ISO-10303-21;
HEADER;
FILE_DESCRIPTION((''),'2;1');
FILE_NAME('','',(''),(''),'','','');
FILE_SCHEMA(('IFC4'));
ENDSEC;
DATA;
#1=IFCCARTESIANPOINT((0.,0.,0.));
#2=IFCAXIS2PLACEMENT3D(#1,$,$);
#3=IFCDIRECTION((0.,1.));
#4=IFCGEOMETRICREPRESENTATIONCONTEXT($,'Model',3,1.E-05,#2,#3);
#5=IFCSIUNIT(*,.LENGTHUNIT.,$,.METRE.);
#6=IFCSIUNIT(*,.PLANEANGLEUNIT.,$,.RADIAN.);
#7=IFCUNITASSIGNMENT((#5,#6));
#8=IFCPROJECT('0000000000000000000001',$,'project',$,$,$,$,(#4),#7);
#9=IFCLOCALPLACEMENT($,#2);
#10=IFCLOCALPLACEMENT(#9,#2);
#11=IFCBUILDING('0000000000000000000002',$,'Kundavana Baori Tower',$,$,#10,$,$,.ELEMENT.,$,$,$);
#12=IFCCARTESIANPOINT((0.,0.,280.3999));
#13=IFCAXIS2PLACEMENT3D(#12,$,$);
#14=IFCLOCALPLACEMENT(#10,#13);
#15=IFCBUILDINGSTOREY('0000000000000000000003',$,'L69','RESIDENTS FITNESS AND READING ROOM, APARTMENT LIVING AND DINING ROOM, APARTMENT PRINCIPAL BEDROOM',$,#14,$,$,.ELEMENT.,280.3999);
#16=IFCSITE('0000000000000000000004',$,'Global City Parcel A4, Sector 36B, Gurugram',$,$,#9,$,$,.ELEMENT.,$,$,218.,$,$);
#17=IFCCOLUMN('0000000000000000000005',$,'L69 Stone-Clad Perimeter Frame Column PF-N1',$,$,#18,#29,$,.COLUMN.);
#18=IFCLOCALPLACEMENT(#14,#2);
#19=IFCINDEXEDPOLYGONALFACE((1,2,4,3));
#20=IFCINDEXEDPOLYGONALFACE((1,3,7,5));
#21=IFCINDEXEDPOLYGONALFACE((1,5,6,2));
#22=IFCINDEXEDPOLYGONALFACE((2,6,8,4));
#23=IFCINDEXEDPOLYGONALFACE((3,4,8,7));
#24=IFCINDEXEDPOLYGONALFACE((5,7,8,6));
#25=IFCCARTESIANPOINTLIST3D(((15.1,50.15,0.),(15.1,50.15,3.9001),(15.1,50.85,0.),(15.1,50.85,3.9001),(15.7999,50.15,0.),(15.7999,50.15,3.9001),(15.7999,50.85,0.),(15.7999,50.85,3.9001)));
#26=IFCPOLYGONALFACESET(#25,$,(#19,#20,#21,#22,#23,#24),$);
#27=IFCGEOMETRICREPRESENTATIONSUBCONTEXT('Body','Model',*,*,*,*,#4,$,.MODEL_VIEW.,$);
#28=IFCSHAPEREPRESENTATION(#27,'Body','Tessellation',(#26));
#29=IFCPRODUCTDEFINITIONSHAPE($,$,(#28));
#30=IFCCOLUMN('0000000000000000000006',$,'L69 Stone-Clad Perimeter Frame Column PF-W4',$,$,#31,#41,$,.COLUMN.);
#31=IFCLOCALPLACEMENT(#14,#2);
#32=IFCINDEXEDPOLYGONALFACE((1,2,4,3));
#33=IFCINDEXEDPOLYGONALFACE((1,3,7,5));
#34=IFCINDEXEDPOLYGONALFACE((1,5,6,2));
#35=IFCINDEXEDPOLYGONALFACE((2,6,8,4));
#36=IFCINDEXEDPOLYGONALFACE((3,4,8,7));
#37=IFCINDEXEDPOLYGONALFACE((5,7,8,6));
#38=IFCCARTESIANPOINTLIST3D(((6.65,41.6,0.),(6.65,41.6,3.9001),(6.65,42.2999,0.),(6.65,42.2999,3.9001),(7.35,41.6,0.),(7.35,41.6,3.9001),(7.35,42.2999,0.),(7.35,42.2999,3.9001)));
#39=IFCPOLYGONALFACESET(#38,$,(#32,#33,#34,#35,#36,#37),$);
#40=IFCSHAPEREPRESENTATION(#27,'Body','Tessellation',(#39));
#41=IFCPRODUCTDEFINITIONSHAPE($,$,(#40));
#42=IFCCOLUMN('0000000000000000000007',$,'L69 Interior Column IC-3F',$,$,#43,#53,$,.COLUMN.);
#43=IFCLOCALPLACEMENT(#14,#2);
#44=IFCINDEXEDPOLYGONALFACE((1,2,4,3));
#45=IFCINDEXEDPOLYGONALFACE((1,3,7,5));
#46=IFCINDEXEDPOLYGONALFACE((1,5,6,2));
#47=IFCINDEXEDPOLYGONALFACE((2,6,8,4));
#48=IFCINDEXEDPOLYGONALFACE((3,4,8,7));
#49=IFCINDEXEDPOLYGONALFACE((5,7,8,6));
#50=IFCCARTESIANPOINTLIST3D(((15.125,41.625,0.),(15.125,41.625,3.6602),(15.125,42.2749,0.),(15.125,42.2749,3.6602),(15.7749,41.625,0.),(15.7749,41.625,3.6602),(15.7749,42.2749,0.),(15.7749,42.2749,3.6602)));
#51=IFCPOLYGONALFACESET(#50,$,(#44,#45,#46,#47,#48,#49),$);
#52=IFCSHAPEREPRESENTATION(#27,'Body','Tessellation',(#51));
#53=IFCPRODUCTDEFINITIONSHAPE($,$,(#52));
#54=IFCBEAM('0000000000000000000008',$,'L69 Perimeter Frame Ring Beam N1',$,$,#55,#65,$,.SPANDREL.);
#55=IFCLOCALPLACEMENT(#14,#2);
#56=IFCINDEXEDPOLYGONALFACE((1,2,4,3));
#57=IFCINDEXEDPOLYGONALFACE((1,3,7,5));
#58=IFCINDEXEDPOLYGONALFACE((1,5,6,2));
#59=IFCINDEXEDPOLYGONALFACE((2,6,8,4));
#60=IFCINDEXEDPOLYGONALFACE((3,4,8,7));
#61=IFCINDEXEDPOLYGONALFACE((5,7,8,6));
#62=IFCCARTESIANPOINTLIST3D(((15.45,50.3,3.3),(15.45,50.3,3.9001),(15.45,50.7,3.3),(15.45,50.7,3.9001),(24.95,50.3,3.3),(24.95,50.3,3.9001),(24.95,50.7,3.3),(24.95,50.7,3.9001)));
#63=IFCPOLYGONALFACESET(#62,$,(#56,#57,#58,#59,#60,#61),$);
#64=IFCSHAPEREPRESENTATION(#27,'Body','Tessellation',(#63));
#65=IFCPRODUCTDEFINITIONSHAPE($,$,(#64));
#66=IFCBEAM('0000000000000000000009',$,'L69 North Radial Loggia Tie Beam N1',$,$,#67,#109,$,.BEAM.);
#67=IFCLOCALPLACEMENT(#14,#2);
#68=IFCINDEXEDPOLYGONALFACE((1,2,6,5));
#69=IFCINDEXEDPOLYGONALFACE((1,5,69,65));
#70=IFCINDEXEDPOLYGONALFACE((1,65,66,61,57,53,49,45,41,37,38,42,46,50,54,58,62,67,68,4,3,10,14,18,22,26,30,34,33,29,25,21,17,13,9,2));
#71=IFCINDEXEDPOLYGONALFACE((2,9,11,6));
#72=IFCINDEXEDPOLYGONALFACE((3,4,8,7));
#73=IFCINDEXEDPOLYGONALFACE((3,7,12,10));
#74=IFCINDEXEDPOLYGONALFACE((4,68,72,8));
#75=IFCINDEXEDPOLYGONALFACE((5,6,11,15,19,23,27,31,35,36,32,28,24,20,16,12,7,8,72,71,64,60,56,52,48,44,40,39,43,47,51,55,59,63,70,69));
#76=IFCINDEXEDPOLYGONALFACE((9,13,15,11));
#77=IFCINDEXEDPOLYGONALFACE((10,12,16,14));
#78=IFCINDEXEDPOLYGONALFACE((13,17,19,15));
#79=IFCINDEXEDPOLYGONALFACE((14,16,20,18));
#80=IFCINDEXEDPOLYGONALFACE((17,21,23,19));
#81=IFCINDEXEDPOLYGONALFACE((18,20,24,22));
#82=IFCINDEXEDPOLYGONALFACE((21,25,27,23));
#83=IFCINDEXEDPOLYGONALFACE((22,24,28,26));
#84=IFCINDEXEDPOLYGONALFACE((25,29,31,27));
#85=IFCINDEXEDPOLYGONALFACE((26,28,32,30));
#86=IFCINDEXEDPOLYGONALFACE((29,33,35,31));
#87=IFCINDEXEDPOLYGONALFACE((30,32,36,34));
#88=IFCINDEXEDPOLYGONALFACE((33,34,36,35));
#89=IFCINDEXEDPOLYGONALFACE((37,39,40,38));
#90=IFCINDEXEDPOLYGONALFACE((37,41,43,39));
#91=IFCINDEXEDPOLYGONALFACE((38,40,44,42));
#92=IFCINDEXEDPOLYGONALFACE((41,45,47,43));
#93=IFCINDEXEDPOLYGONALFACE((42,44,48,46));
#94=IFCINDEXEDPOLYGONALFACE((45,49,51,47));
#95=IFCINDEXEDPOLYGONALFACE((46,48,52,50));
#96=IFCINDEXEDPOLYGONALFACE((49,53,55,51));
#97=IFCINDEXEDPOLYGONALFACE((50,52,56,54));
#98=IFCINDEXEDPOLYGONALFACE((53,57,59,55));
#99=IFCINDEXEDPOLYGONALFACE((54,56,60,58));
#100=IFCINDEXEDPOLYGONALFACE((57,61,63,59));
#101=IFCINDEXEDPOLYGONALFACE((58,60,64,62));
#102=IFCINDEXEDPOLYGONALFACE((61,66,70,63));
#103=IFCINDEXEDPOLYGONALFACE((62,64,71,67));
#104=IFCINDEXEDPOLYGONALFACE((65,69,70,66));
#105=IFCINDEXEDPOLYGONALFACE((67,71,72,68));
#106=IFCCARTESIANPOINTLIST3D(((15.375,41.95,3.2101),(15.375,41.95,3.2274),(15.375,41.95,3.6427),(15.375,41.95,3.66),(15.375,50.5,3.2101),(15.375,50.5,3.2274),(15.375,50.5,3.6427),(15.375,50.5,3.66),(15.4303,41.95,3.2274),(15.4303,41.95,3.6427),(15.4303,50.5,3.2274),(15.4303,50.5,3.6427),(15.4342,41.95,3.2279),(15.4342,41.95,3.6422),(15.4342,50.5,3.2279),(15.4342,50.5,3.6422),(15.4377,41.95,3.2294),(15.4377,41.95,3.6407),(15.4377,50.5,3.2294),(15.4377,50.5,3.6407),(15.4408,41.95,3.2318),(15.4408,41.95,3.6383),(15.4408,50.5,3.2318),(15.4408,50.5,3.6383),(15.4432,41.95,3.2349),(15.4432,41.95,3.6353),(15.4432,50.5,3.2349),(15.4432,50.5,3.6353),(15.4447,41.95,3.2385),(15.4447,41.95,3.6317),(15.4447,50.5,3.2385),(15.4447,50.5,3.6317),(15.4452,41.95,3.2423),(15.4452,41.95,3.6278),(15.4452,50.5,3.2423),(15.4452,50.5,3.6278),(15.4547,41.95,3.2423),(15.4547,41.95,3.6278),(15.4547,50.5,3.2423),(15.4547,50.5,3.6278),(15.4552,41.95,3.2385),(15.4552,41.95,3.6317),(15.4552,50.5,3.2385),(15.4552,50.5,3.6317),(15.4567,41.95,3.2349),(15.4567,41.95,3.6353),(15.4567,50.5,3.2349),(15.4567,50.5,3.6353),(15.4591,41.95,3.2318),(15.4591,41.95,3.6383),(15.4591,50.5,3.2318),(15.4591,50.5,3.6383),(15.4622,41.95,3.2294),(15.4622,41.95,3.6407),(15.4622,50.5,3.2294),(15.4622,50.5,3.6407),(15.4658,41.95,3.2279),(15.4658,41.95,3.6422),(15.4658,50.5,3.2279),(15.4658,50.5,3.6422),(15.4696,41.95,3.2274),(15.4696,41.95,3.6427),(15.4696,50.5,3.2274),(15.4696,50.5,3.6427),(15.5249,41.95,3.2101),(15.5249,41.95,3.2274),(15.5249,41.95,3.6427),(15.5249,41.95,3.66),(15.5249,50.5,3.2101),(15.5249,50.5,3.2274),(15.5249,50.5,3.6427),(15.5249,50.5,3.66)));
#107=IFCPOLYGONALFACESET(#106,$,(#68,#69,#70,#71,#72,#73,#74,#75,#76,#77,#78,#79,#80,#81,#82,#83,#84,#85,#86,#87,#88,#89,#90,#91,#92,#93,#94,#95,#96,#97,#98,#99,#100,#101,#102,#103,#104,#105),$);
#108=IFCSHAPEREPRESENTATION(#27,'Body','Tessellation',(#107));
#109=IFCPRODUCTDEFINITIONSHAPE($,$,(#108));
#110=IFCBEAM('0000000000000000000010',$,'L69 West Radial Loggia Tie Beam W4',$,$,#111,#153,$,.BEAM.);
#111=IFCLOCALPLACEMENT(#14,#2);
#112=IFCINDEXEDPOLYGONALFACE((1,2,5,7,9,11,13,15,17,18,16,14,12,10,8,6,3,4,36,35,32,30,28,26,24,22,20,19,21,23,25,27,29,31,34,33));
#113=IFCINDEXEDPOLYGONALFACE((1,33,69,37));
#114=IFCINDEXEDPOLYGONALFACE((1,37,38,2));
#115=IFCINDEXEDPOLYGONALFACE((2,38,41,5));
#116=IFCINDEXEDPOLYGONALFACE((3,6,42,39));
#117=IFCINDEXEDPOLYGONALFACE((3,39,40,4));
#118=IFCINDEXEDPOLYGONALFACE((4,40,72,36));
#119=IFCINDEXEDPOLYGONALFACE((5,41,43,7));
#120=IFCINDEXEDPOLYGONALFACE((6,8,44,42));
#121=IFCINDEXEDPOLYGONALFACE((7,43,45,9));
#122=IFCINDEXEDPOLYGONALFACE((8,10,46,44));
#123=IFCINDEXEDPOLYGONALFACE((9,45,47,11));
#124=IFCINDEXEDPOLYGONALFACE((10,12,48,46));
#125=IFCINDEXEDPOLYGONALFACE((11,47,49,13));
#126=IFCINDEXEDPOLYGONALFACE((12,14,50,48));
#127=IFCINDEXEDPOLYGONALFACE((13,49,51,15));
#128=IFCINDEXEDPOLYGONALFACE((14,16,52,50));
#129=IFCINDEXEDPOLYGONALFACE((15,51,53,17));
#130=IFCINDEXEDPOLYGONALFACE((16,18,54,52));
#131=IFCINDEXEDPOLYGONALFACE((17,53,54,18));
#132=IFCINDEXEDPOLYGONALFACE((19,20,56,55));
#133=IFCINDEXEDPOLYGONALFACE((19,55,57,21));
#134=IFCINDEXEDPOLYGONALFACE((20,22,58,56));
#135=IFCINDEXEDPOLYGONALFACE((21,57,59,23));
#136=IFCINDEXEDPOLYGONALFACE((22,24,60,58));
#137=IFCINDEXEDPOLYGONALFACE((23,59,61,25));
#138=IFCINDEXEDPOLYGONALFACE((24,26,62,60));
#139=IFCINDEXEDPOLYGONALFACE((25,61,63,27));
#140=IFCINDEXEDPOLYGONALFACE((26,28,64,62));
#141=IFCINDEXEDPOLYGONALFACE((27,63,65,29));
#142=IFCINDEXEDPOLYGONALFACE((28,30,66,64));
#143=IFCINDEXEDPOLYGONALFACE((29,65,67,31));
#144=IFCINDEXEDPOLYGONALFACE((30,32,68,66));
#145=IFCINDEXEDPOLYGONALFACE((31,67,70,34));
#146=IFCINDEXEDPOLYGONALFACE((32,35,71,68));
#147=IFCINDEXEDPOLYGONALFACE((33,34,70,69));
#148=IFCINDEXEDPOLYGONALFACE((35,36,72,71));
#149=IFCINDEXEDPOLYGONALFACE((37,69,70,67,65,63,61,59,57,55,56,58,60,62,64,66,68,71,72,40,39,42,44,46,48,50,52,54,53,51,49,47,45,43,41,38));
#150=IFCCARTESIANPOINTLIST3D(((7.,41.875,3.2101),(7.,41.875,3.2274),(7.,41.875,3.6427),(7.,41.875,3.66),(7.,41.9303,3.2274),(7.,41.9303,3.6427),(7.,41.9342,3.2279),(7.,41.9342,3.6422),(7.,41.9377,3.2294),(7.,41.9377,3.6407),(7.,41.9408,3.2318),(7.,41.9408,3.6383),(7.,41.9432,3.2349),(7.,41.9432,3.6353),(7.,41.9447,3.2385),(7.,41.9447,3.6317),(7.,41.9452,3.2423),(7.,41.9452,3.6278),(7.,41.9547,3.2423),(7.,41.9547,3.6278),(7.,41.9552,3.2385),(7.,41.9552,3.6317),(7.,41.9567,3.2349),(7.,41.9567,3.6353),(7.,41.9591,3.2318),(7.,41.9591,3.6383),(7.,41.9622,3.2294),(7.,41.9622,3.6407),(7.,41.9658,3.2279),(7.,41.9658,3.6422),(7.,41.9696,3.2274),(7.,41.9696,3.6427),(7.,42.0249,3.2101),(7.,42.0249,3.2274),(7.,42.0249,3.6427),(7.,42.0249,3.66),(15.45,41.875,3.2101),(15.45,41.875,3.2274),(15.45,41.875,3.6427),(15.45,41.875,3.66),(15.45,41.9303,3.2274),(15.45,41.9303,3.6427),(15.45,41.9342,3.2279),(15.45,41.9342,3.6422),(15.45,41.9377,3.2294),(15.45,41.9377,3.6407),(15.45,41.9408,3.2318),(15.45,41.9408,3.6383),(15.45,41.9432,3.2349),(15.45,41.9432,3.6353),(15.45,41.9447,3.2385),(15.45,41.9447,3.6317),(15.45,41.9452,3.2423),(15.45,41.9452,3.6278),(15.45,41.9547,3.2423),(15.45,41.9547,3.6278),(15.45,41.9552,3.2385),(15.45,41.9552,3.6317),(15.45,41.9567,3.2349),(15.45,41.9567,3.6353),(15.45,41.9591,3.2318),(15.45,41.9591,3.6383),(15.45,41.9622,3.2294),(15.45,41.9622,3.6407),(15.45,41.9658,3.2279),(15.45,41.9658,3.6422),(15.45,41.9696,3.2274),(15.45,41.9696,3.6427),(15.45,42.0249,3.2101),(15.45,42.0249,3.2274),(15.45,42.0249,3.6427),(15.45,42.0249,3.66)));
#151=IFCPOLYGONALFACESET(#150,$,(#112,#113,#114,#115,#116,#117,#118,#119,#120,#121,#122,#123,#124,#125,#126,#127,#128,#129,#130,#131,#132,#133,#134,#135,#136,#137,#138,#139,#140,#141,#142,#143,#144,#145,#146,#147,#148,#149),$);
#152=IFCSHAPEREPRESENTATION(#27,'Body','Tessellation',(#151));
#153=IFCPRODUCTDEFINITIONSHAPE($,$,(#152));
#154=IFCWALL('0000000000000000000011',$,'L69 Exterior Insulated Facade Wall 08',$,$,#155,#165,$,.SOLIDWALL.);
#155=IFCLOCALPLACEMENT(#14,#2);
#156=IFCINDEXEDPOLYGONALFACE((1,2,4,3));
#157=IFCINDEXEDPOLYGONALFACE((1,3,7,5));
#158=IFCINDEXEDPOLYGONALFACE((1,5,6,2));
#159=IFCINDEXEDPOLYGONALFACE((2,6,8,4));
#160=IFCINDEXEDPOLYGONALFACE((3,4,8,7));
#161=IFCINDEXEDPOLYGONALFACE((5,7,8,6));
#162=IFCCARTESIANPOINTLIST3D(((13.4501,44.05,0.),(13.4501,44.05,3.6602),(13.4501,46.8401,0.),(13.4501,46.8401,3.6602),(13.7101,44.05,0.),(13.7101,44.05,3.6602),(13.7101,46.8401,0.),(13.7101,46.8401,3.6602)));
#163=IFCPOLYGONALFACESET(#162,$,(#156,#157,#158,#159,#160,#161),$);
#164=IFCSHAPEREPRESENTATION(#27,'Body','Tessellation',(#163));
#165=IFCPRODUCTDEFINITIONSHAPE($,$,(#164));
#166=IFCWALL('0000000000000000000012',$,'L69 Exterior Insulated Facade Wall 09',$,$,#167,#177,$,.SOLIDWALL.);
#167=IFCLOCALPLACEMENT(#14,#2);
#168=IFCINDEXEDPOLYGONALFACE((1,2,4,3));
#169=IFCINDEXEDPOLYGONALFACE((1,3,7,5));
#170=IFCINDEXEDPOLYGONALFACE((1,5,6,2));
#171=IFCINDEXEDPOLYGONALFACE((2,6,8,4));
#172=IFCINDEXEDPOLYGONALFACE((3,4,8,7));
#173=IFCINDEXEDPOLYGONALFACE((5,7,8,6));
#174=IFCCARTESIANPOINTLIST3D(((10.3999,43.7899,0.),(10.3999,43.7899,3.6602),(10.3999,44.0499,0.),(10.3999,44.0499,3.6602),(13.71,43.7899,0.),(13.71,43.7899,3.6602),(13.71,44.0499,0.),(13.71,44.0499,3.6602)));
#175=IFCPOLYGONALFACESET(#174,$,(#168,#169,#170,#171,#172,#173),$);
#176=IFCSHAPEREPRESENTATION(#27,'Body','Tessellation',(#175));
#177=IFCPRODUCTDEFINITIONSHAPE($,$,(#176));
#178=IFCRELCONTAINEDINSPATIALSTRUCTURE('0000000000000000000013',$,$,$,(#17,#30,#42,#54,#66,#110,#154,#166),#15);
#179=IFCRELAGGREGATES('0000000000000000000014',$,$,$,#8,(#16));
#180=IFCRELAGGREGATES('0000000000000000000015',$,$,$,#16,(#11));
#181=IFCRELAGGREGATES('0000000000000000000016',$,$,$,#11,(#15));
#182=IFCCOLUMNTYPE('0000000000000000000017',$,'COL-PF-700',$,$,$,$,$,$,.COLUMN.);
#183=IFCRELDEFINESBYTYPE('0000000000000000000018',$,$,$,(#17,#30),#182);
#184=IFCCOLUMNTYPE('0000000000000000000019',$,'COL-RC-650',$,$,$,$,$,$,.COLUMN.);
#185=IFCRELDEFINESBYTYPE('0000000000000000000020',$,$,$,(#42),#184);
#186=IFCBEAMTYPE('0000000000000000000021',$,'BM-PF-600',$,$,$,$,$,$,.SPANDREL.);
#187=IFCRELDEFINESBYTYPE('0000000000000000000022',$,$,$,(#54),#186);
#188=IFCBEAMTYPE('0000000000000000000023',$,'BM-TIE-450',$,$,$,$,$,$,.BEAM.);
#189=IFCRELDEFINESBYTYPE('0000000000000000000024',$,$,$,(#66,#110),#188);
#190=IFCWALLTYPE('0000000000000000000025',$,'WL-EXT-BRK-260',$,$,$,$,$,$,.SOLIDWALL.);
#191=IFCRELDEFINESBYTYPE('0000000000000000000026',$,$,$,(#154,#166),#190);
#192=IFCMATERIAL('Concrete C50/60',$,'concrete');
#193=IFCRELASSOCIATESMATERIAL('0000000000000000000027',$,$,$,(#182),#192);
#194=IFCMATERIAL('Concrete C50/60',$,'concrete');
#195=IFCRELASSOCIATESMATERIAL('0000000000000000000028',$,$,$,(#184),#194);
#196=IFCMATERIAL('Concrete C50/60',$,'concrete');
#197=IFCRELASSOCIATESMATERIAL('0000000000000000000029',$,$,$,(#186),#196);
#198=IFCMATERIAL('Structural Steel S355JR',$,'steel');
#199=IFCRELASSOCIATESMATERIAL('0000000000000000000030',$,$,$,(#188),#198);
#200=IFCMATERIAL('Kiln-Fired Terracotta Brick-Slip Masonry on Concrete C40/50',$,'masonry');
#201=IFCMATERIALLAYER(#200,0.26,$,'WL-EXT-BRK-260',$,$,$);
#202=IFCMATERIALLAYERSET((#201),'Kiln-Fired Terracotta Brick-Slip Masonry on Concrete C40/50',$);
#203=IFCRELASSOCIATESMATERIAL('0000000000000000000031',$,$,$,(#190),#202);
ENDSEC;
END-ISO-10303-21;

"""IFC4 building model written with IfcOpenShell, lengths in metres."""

from ifc_helpers import new_model, si_unit, direction, frame, frame_2d, origin, origin_2d, place, context, subcontext, project, spatial, rectangle, i_section, extrude, material, layer, layer_set, material_profile, profile_set, type_object, element, save


model = new_model("IFC4")

# Units and contexts
model_context = context("Model", 3, precision=1e-05, world=origin(), true_north=direction((0.0, 1.0)))
body_context = subcontext(model_context, "Body", "Model", "MODEL_VIEW")
ifc_project = project(units=[si_unit("LENGTHUNIT", "METRE"), si_unit("PLANEANGLEUNIT", "RADIAN")], contexts=[model_context])

# Site, building, storey
site_placement = place(None, origin())
site = spatial("IfcSite", under=ifc_project, at=site_placement, Name="Global City Parcel A4, Sector 36B, Gurugram", CompositionType="ELEMENT", RefElevation=218.0)
building_placement = place(site_placement, origin())
building = spatial("IfcBuilding", under=site, at=building_placement, Name="Kundavana Baori Tower", CompositionType="ELEMENT")
storey_placement = place(building_placement, frame((0.0, 0.0, 280.3999)))
storey = spatial("IfcBuildingStorey", under=building, at=storey_placement, Name="L69", Description="RESIDENTS FITNESS AND READING ROOM, APARTMENT LIVING AND DINING ROOM, APARTMENT PRINCIPAL BEDROOM", CompositionType="ELEMENT", Elevation=280.3999)

# Columns
ifc_material_1 = material(Name="Concrete C50/60", Category="concrete")
ifc_material_profile_1 = material_profile(ifc_material_1, rectangle(XDim=0.7, YDim=0.7, at=origin_2d()), Name="RC PF 700x700")
ifc_profile_set_1 = profile_set([ifc_material_profile_1], Name="Concrete C50/60")
column_type_1 = type_object("IfcColumnType", Name="COL-PF-700", PredefinedType="COLUMN", material=ifc_profile_set_1)
for number, where, z_axis, x_axis, name in (
    (1, (15.45, 50.5, 0.0), (0.0, 0.0, 1.0), (1.0, 0.0, 0.0), "L69 Stone-Clad Perimeter Frame Column PF-N1"),
    (2, (7.0, 41.95, 0.0), (0.0, 0.0, 1.0), (1.0, 0.0, 0.0), "L69 Stone-Clad Perimeter Frame Column PF-W4"),
):
    element("IfcColumn", number, at=place(storey_placement, frame(where, z_axis=z_axis, x_axis=x_axis)), inside=storey, type_object=column_type_1, Name=name, PredefinedType="COLUMN", context=body_context, shape_type="SweptSolid", body=[
        extrude(rectangle(XDim=0.7, YDim=0.7, at=origin_2d()), origin(), (0.0, 0.0, 1.0), 3.9001),
    ])
ifc_material_2 = material(Name="Concrete C50/60", Category="concrete")
ifc_material_profile_2 = material_profile(ifc_material_2, rectangle(XDim=0.6499, YDim=0.6499, at=origin_2d()), Name="RC 650x650")
ifc_profile_set_2 = profile_set([ifc_material_profile_2], Name="Concrete C50/60")
column_type_2 = type_object("IfcColumnType", Name="COL-RC-650", PredefinedType="COLUMN", material=ifc_profile_set_2)
column_placement = place(storey_placement, frame((15.45, 41.95, 0.0), z_axis=(0.0, 0.0, 1.0), x_axis=(1.0, 0.0, 0.0)))
element("IfcColumn", 3, at=column_placement, inside=storey, type_object=column_type_2, Name="L69 Interior Column IC-3F", PredefinedType="COLUMN", context=body_context, shape_type="SweptSolid", body=[
    extrude(rectangle(XDim=0.6499, YDim=0.6499, at=origin_2d()), origin(), (0.0, 0.0, 1.0), 3.6602),
])

# Beams
ifc_material_3 = material(Name="Concrete C50/60", Category="concrete")
ifc_material_profile_3 = material_profile(ifc_material_3, rectangle(XDim=0.3999, YDim=0.6001, at=origin_2d()), Name="RC BM 400x600")
ifc_profile_set_3 = profile_set([ifc_material_profile_3], Name="Concrete C50/60")
beam_type_1 = type_object("IfcBeamType", Name="BM-PF-600", PredefinedType="SPANDREL", material=ifc_profile_set_3)
beam_1_placement = place(storey_placement, frame((15.45, 50.5, 3.6001), z_axis=(1.0, 0.0, 0.0), x_axis=(0.0, 1.0, 0.0)))
element("IfcBeam", 4, at=beam_1_placement, inside=storey, type_object=beam_type_1, Name="L69 Perimeter Frame Ring Beam N1", PredefinedType="SPANDREL", context=body_context, shape_type="SweptSolid", body=[
    extrude(rectangle(XDim=0.3999, YDim=0.6001, at=origin_2d()), origin(), (0.0, 0.0, 1.0), 9.5),
])
ifc_material_4 = material(Name="Structural Steel S355JR", Category="steel")
ifc_material_profile_4 = material_profile(ifc_material_4, i_section(OverallWidth=0.1499, OverallDepth=0.45, WebThickness=0.0095, FlangeThickness=0.0173, FilletRadius=0.0149, at=origin_2d()), Name="ISMB 450")
ifc_profile_set_4 = profile_set([ifc_material_profile_4], Name="Structural Steel S355JR")
beam_type_2 = type_object("IfcBeamType", Name="BM-TIE-450", PredefinedType="BEAM", material=ifc_profile_set_4)
beam_2_placement = place(storey_placement, frame((15.45, 41.95, 3.4351), z_axis=(0.0, 1.0, 0.0), x_axis=(-1.0, 0.0, 0.0)))
element("IfcBeam", 5, at=beam_2_placement, inside=storey, type_object=beam_type_2, Name="L69 North Radial Loggia Tie Beam N1", PredefinedType="BEAM", context=body_context, shape_type="SweptSolid", body=[
    extrude(i_section(OverallWidth=0.1499, OverallDepth=0.45, WebThickness=0.0095, FlangeThickness=0.0173, FilletRadius=0.0149, at=origin_2d()), origin(), (0.0, 0.0, 1.0), 8.55),
])
beam_3_placement = place(storey_placement, frame((15.45, 41.95, 3.4351), z_axis=(-1.0, 0.0, 0.0), x_axis=(0.0, -1.0, 0.0)))
element("IfcBeam", 6, at=beam_3_placement, inside=storey, type_object=beam_type_2, Name="L69 West Radial Loggia Tie Beam W4", PredefinedType="BEAM", context=body_context, shape_type="SweptSolid", body=[
    extrude(i_section(OverallWidth=0.1499, OverallDepth=0.45, WebThickness=0.0095, FlangeThickness=0.0173, FilletRadius=0.0149, at=origin_2d()), origin(), (0.0, 0.0, 1.0), 8.45),
])

# Walls
ifc_material_5 = material(Name="Kiln-Fired Terracotta Brick-Slip Masonry on Concrete C40/50", Category="masonry")
ifc_layer_1 = layer(ifc_material_5, 0.26, Name="WL-EXT-BRK-260")
ifc_layer_set_1 = layer_set([ifc_layer_1], Name="Kiln-Fired Terracotta Brick-Slip Masonry on Concrete C40/50")
wall_type_1 = type_object("IfcWallType", Name="WL-EXT-BRK-260", PredefinedType="SOLIDWALL", material=ifc_layer_set_1)
wall_1_placement = place(storey_placement, frame((13.5801, 46.8401, 0.0), z_axis=(0.0, 0.0, 1.0), x_axis=(0.0, -1.0, 0.0)))
element("IfcWall", 7, at=wall_1_placement, inside=storey, type_object=wall_type_1, Name="L69 Exterior Insulated Facade Wall 08", PredefinedType="SOLIDWALL", context=body_context, shape_type="SweptSolid", body=[
    extrude(rectangle(XDim=2.79, YDim=0.26, at=frame_2d((1.395, 0.0))), origin(), (0.0, 0.0, 1.0), 3.6602),
])
wall_2_placement = place(storey_placement, frame((13.71, 43.9199, 0.0), z_axis=(0.0, 0.0, 1.0), x_axis=(-1.0, 0.0, 0.0)))
element("IfcWall", 8, at=wall_2_placement, inside=storey, type_object=wall_type_1, Name="L69 Exterior Insulated Facade Wall 09", PredefinedType="SOLIDWALL", context=body_context, shape_type="SweptSolid", body=[
    extrude(rectangle(XDim=3.3101, YDim=0.26, at=frame_2d((1.655, 0.0))), origin(), (0.0, 0.0, 1.0), 3.6602),
])

save(model, "model.ifc")
